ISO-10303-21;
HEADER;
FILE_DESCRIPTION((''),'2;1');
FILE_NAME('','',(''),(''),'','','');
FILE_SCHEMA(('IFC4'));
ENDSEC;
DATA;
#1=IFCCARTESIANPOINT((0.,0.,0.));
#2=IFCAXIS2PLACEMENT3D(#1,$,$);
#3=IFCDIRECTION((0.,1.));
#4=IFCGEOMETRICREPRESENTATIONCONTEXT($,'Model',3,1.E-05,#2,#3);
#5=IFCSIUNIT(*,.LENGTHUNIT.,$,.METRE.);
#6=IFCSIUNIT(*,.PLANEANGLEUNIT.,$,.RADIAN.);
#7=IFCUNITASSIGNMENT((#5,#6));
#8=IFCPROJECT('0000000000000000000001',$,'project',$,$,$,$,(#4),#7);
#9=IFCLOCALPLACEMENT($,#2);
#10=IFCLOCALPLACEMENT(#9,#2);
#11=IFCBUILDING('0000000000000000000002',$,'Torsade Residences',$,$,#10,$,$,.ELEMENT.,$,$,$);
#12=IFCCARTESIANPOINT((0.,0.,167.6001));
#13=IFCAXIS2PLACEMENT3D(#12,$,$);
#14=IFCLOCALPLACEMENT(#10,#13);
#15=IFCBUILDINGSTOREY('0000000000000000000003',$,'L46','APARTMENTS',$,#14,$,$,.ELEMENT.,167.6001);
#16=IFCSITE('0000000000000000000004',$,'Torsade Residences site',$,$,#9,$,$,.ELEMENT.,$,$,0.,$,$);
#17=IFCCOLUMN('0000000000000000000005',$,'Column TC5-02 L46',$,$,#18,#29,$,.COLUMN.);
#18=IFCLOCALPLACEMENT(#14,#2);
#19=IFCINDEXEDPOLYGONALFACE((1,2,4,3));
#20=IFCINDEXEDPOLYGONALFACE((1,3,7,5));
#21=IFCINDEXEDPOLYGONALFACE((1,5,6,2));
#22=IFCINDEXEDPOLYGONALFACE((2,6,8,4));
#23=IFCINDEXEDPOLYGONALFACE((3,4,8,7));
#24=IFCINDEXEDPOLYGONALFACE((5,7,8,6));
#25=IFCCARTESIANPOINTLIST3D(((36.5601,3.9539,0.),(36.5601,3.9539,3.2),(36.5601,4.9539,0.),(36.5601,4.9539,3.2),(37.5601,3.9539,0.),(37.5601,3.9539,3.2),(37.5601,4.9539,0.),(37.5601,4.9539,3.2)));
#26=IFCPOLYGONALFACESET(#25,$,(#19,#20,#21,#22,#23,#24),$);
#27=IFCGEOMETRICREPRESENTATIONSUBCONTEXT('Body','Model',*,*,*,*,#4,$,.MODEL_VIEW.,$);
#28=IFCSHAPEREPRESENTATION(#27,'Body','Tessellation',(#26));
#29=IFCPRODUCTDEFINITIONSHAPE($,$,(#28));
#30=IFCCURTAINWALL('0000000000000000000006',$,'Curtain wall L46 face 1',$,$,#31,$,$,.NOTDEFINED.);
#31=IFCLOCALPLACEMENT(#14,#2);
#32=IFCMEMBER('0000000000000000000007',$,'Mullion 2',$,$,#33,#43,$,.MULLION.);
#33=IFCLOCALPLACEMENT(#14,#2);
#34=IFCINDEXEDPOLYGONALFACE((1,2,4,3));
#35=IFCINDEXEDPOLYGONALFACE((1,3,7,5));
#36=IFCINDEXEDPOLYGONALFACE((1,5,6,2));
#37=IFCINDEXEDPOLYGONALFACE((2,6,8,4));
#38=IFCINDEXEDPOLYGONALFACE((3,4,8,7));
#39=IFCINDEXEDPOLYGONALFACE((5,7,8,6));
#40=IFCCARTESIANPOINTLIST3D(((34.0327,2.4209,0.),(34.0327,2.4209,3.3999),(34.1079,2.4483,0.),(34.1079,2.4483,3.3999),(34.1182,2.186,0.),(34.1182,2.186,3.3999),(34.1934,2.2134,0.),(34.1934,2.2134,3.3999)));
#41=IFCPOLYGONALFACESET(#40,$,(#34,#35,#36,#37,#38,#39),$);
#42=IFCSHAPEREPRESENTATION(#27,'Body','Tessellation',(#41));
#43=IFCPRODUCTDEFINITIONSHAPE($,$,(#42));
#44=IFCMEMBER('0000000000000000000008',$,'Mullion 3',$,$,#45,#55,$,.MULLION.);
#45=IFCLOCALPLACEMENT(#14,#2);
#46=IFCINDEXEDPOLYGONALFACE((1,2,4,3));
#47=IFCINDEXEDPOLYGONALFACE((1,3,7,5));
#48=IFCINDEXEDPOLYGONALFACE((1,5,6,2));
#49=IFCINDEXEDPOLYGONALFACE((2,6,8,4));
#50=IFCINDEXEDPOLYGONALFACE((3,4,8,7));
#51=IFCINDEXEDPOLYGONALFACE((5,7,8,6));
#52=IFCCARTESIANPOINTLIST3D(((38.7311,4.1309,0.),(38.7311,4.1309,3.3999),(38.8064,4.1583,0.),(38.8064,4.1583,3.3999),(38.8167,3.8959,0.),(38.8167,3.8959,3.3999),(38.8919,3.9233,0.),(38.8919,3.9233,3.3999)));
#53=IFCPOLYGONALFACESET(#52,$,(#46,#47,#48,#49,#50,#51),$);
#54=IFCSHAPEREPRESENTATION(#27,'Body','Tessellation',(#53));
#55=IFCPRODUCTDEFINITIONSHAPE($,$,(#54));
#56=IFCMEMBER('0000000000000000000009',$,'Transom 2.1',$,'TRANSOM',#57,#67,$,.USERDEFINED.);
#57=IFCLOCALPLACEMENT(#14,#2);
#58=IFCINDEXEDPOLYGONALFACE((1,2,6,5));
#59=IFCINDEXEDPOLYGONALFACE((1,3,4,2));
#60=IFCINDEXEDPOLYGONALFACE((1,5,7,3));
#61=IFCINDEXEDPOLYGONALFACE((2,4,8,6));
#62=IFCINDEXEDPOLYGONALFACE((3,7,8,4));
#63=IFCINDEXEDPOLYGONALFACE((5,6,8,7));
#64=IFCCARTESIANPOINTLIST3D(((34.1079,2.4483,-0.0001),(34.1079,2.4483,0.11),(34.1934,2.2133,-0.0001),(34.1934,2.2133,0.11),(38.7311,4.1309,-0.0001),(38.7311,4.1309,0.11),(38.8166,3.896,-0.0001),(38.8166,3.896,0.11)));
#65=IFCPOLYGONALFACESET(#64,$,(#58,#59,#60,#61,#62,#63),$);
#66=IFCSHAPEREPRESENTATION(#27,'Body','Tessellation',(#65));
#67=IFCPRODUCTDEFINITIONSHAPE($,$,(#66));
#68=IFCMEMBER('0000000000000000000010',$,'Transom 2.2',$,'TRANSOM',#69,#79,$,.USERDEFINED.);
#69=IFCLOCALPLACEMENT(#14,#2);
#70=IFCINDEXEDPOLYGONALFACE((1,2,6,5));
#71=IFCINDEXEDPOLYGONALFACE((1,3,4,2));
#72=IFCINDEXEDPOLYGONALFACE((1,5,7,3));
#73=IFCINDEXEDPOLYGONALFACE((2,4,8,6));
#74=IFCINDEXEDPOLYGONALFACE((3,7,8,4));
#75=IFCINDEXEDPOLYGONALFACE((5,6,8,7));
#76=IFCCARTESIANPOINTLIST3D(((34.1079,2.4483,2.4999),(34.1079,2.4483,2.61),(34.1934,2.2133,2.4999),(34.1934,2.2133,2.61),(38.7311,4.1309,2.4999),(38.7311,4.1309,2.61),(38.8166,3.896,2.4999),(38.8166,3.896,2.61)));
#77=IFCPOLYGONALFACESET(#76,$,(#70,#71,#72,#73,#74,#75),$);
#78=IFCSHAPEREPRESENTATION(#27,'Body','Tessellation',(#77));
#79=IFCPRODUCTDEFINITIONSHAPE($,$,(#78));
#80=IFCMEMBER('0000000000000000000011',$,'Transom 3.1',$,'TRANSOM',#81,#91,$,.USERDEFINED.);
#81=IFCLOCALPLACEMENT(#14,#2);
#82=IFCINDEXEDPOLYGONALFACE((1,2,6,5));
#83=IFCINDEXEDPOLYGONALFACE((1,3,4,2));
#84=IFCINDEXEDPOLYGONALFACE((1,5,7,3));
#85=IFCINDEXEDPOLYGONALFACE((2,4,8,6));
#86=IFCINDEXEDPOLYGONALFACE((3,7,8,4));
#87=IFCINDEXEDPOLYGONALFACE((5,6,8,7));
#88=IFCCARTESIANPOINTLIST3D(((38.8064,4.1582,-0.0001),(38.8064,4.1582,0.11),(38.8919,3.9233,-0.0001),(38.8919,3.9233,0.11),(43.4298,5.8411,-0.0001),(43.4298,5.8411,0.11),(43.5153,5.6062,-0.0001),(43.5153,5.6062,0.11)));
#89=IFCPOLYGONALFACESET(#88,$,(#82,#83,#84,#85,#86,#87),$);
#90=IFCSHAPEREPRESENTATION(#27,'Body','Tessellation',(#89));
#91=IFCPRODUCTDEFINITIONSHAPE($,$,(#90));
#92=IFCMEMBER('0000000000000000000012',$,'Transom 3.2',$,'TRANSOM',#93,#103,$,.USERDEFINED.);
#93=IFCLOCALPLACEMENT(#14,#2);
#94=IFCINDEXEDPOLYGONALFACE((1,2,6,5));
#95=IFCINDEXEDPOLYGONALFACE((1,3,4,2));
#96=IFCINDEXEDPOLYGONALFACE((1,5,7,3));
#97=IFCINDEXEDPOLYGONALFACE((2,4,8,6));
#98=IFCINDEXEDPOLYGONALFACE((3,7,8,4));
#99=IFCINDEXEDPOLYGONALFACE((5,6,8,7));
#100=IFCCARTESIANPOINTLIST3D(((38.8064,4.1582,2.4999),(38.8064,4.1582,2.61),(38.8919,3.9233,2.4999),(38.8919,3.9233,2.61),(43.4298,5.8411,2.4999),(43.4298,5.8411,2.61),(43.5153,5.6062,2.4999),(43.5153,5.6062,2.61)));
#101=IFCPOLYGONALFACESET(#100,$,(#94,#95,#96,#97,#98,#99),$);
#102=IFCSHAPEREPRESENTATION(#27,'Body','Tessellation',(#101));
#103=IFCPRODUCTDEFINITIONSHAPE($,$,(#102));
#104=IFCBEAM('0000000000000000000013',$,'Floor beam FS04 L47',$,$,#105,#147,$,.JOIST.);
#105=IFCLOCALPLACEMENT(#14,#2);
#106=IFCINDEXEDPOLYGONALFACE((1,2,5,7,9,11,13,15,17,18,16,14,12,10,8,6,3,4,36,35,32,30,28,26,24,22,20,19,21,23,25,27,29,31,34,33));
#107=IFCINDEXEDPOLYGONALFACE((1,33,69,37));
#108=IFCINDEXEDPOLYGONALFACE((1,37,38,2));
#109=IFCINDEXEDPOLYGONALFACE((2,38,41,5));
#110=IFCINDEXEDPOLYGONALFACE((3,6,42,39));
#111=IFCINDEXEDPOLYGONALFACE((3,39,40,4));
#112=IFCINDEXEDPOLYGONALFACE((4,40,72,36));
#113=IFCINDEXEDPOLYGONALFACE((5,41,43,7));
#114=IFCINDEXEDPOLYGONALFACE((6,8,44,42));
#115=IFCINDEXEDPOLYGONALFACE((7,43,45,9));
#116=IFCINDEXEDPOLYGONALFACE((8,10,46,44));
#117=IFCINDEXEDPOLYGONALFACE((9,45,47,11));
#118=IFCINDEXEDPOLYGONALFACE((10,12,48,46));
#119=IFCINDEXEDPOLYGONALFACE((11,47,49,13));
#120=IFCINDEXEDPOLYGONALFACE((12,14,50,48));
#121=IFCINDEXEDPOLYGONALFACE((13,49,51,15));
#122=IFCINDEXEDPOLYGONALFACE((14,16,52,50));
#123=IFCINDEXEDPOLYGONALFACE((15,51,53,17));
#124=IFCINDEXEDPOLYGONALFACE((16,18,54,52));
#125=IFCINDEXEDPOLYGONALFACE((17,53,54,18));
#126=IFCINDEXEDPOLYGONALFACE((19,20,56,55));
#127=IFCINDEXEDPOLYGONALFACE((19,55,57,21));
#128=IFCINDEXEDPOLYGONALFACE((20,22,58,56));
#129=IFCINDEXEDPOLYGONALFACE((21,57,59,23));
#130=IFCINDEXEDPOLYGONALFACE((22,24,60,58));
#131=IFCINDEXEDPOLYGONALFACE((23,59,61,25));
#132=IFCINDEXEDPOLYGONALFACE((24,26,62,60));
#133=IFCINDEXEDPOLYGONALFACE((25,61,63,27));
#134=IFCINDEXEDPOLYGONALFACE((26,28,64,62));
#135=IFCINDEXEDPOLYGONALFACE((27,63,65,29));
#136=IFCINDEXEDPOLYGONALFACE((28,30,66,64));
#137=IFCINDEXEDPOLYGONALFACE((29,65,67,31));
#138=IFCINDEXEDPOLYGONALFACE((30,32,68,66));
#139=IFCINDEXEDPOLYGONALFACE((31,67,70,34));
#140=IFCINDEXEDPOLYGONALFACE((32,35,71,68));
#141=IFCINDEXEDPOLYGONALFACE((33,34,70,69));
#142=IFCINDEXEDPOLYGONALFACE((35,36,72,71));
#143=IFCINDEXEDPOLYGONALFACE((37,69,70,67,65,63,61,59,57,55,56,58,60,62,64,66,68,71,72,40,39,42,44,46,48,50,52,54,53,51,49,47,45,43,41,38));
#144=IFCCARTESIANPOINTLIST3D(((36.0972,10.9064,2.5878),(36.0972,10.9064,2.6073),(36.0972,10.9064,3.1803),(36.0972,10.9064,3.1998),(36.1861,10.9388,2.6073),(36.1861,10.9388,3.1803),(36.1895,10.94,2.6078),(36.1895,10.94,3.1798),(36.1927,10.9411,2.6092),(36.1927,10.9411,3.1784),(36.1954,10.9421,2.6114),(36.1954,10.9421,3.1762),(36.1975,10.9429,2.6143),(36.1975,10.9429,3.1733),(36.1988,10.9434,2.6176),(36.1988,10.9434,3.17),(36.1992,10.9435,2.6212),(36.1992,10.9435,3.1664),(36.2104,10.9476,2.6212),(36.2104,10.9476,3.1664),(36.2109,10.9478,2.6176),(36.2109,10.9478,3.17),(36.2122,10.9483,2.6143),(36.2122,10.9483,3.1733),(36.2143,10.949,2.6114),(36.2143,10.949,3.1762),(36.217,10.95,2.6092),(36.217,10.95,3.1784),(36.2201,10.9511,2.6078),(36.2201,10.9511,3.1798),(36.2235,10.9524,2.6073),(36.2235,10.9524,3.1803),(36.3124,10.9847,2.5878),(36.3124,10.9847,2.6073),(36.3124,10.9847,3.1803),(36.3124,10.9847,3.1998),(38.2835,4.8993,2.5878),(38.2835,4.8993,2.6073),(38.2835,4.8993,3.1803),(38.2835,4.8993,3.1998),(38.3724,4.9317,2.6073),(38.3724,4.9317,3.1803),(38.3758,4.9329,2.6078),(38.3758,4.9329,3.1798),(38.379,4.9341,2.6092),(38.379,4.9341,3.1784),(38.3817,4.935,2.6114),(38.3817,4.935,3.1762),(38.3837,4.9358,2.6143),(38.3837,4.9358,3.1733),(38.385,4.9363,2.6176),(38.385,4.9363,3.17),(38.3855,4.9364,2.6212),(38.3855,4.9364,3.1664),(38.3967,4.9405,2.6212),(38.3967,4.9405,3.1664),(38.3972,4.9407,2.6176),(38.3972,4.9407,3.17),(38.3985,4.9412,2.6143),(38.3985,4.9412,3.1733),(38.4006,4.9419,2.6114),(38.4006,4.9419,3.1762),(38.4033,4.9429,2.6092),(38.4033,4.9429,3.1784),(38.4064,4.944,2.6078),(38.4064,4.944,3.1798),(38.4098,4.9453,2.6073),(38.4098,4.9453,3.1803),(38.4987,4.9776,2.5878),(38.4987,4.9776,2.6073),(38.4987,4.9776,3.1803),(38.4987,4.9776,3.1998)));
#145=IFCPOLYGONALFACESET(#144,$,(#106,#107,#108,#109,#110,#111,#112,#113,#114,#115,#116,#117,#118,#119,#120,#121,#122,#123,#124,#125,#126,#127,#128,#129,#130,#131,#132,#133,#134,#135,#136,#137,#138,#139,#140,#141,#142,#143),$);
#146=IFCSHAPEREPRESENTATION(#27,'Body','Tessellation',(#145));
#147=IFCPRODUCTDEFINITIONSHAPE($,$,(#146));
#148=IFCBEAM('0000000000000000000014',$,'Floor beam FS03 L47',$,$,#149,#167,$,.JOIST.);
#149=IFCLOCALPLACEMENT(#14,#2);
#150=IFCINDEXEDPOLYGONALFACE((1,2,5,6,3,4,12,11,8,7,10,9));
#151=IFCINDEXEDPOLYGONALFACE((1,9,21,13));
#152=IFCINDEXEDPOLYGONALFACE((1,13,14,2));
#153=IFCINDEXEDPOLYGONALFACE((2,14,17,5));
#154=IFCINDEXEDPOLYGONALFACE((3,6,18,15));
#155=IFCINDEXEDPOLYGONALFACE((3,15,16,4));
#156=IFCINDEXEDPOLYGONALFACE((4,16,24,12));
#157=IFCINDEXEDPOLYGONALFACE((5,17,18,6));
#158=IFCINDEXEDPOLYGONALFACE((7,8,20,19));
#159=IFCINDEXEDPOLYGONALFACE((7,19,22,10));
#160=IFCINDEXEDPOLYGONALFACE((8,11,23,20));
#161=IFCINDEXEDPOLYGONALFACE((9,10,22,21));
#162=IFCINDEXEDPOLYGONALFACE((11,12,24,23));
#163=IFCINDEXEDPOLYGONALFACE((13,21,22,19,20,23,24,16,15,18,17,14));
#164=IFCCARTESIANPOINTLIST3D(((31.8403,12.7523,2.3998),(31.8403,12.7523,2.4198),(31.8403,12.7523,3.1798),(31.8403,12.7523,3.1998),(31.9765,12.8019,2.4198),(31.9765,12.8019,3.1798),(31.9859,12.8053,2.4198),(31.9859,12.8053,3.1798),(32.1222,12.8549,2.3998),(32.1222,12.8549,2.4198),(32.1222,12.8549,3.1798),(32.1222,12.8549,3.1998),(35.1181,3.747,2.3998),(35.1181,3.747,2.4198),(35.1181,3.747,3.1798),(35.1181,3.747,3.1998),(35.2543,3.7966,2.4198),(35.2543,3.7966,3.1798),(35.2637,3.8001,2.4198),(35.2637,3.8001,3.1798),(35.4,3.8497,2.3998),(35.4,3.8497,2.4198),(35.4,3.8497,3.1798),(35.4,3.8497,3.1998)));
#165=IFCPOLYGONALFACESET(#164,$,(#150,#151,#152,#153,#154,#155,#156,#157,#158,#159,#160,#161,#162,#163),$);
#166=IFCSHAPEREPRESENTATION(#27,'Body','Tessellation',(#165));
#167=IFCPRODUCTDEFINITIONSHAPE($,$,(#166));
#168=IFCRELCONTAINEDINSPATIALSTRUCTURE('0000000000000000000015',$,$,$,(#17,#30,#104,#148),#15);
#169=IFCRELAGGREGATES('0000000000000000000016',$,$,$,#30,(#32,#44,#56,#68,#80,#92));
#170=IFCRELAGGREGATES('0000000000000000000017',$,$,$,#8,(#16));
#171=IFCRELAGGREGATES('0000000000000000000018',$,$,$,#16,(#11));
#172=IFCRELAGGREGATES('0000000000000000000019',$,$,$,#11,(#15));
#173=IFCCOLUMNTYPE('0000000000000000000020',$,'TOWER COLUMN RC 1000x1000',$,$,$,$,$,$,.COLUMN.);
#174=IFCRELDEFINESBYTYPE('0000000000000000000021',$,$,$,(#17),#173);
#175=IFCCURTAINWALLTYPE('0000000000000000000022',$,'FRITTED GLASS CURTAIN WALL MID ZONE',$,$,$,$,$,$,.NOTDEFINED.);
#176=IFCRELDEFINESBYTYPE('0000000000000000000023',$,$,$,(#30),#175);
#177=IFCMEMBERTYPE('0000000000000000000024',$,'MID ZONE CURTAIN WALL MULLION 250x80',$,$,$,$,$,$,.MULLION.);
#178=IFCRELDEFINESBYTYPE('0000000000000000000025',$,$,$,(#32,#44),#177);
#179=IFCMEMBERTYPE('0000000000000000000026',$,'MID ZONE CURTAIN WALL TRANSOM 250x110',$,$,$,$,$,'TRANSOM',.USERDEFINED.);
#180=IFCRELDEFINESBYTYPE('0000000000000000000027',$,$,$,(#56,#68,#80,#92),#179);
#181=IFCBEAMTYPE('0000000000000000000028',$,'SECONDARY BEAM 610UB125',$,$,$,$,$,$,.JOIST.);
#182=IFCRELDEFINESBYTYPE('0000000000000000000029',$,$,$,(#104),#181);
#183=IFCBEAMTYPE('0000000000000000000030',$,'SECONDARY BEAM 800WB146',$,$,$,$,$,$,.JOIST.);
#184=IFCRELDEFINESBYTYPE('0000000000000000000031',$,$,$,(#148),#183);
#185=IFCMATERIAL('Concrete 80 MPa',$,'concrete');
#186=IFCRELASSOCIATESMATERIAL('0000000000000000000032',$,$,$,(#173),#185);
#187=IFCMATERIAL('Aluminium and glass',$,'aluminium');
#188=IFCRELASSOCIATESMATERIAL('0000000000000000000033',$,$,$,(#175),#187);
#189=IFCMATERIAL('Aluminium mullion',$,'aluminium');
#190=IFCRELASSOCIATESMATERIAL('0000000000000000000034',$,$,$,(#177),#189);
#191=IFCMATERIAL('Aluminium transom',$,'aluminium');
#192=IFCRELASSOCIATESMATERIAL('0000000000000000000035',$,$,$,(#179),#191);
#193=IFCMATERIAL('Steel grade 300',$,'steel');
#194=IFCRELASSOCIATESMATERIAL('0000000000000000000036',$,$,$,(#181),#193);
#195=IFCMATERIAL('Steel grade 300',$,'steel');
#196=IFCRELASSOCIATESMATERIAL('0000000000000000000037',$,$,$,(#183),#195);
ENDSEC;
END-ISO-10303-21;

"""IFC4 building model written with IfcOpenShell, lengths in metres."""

from ifc_helpers import new_model, si_unit, direction, frame, origin, origin_2d, place, context, subcontext, project, spatial, rectangle, i_section, extrude, material, material_profile, profile_set, type_object, element, aggregate, save


model = new_model("IFC4")

# Units and contexts
model_context = context("Model", 3, precision=1e-05, world=origin(), true_north=direction((0.0, 1.0)))
body_context = subcontext(model_context, "Body", "Model", "MODEL_VIEW")
ifc_project = project(units=[si_unit("LENGTHUNIT", "METRE"), si_unit("PLANEANGLEUNIT", "RADIAN")], contexts=[model_context])

# Site, building, storey
site_placement = place(None, origin())
site = spatial("IfcSite", under=ifc_project, at=site_placement, Name="Torsade Residences site", CompositionType="ELEMENT", RefElevation=0.0)
building_placement = place(site_placement, origin())
building = spatial("IfcBuilding", under=site, at=building_placement, Name="Torsade Residences", CompositionType="ELEMENT")
storey_placement = place(building_placement, frame((0.0, 0.0, 167.6001)))
storey = spatial("IfcBuildingStorey", under=building, at=storey_placement, Name="L46", Description="APARTMENTS", CompositionType="ELEMENT", Elevation=167.6001)

# Column
ifc_material_1 = material(Name="Concrete 80 MPa", Category="concrete")
ifc_material_profile_1 = material_profile(ifc_material_1, rectangle(XDim=1.0, YDim=1.0, at=origin_2d()), Name="RC 1000x1000")
ifc_profile_set_1 = profile_set([ifc_material_profile_1], Name="Concrete 80 MPa")
column_type = type_object("IfcColumnType", Name="TOWER COLUMN RC 1000x1000", PredefinedType="COLUMN", material=ifc_profile_set_1)
column_placement = place(storey_placement, frame((37.0601, 4.4539, 0.0), z_axis=(0.0, 0.0, 1.0), x_axis=(1.0, 0.0, 0.0)))
element("IfcColumn", 1, at=column_placement, inside=storey, type_object=column_type, Name="Column TC5-02 L46", PredefinedType="COLUMN", context=body_context, shape_type="SweptSolid", body=[
    extrude(rectangle(XDim=1.0, YDim=1.0, at=origin_2d()), origin(), (0.0, 0.0, 1.0), 3.2),
])

# Curtain wall, members
ifc_material_2 = material(Name="Aluminium and glass", Category="aluminium")
curtain_wall_type = type_object("IfcCurtainWallType", Name="FRITTED GLASS CURTAIN WALL MID ZONE", PredefinedType="NOTDEFINED", material=ifc_material_2)
curtain_wall_placement = place(storey_placement, origin())
curtain_wall = element("IfcCurtainWall", 2, at=curtain_wall_placement, inside=storey, type_object=curtain_wall_type, Name="Curtain wall L46 face 1", PredefinedType="NOTDEFINED")
ifc_material_3 = material(Name="Aluminium mullion", Category="aluminium")
ifc_material_profile_2 = material_profile(ifc_material_3, rectangle(XDim=0.25, YDim=0.0801, at=origin_2d()), Name="MID ZONE CURTAIN WALL MULLION 250x80")
ifc_profile_set_2 = profile_set([ifc_material_profile_2], Name="Aluminium mullion")
member_type_1 = type_object("IfcMemberType", Name="MID ZONE CURTAIN WALL MULLION 250x80", PredefinedType="MULLION", material=ifc_profile_set_2)
member_1_placement = place(storey_placement, frame((34.113, 2.3171, 0.0), z_axis=(0.0, 0.0, 1.0), x_axis=(-0.34202, 0.939693, 0.0)))
member_1 = element("IfcMember", 3, at=member_1_placement, type_object=member_type_1, Name="Mullion 2", PredefinedType="MULLION", context=body_context, shape_type="SweptSolid", body=[
    extrude(rectangle(XDim=0.25, YDim=0.0801, at=origin_2d()), origin(), (0.0, 0.0, 1.0), 3.3999),
])
member_2_placement = place(storey_placement, frame((38.8115, 4.0271, 0.0), z_axis=(0.0, 0.0, 1.0), x_axis=(-0.34202, 0.939693, 0.0)))
member_2 = element("IfcMember", 4, at=member_2_placement, type_object=member_type_1, Name="Mullion 3", PredefinedType="MULLION", context=body_context, shape_type="SweptSolid", body=[
    extrude(rectangle(XDim=0.25, YDim=0.0801, at=origin_2d()), origin(), (0.0, 0.0, 1.0), 3.3999),
])
ifc_material_4 = material(Name="Aluminium transom", Category="aluminium")
ifc_material_profile_3 = material_profile(ifc_material_4, rectangle(XDim=0.25, YDim=0.1101, at=origin_2d()), Name="MID ZONE CURTAIN WALL TRANSOM 250x110")
ifc_profile_set_3 = profile_set([ifc_material_profile_3], Name="Aluminium transom")
member_type_2 = type_object("IfcMemberType", Name="MID ZONE CURTAIN WALL TRANSOM 250x110", ElementType="TRANSOM", PredefinedType="USERDEFINED", material=ifc_profile_set_3)
member_3_placement = place(storey_placement, frame((34.1506, 2.3308, 0.0549), z_axis=(0.939701, 0.341998, 0.0), x_axis=(-0.341998, 0.939701, 0.0)))
member_3 = element("IfcMember", 5, at=member_3_placement, type_object=member_type_2, Name="Transom 2.1", ObjectType="TRANSOM", PredefinedType="USERDEFINED", context=body_context, shape_type="SweptSolid", body=[
    extrude(rectangle(XDim=0.25, YDim=0.1101, at=origin_2d()), origin(), (0.0, 0.0, 1.0), 4.9199),
])
member_4_placement = place(storey_placement, frame((34.1506, 2.3308, 2.5549), z_axis=(0.939701, 0.341998, 0.0), x_axis=(-0.341998, 0.939701, 0.0)))
member_4 = element("IfcMember", 6, at=member_4_placement, type_object=member_type_2, Name="Transom 2.2", ObjectType="TRANSOM", PredefinedType="USERDEFINED", context=body_context, shape_type="SweptSolid", body=[
    extrude(rectangle(XDim=0.25, YDim=0.1101, at=origin_2d()), origin(), (0.0, 0.0, 1.0), 4.9199),
])
member_5_placement = place(storey_placement, frame((38.8491, 4.0408, 0.0549), z_axis=(0.939685, 0.342042, 0.0), x_axis=(-0.342042, 0.939685, 0.0)))
member_5 = element("IfcMember", 7, at=member_5_placement, type_object=member_type_2, Name="Transom 3.1", ObjectType="TRANSOM", PredefinedType="USERDEFINED", context=body_context, shape_type="SweptSolid", body=[
    extrude(rectangle(XDim=0.25, YDim=0.1101, at=origin_2d()), origin(), (0.0, 0.0, 1.0), 4.9202),
])
member_6_placement = place(storey_placement, frame((38.8491, 4.0408, 2.5549), z_axis=(0.939685, 0.342042, 0.0), x_axis=(-0.342042, 0.939685, 0.0)))
member_6 = element("IfcMember", 8, at=member_6_placement, type_object=member_type_2, Name="Transom 3.2", ObjectType="TRANSOM", PredefinedType="USERDEFINED", context=body_context, shape_type="SweptSolid", body=[
    extrude(rectangle(XDim=0.25, YDim=0.1101, at=origin_2d()), origin(), (0.0, 0.0, 1.0), 4.9202),
])

# Beams
ifc_material_5 = material(Name="Steel grade 300", Category="steel")
ifc_material_profile_4 = material_profile(ifc_material_5, i_section(OverallWidth=0.229, OverallDepth=0.6121, WebThickness=0.012, FlangeThickness=0.0195, FilletRadius=0.0139, at=origin_2d()), Name="610UB125")
ifc_profile_set_4 = profile_set([ifc_material_profile_4], Name="Steel grade 300")
beam_type_1 = type_object("IfcBeamType", Name="SECONDARY BEAM 610UB125", PredefinedType="JOIST", material=ifc_profile_set_4)
beam_1_placement = place(storey_placement, frame((38.3911, 4.9385, 2.8938), z_axis=(-0.342004, 0.939699, 0.0), x_axis=(-0.939699, -0.342004, 0.0)))
element("IfcBeam", 9, at=beam_1_placement, inside=storey, type_object=beam_type_1, Name="Floor beam FS04 L47", PredefinedType="JOIST", context=body_context, shape_type="SweptSolid", body=[
    extrude(i_section(OverallWidth=0.229, OverallDepth=0.6121, WebThickness=0.012, FlangeThickness=0.0195, FilletRadius=0.0139, at=origin_2d()), origin(), (0.0, 0.0, 1.0), 6.3926),
])
ifc_material_6 = material(Name="Steel grade 300", Category="steel")
ifc_material_profile_5 = material_profile(ifc_material_6, i_section(OverallWidth=0.3, OverallDepth=0.8, WebThickness=0.01, FlangeThickness=0.02, at=origin_2d()), Name="800WB146")
ifc_profile_set_5 = profile_set([ifc_material_profile_5], Name="Steel grade 300")
beam_type_2 = type_object("IfcBeamType", Name="SECONDARY BEAM 800WB146", PredefinedType="JOIST", material=ifc_profile_set_5)
beam_2_placement = place(storey_placement, frame((35.259, 3.7983, 2.7998), z_axis=(-0.342034, 0.939688, 0.0), x_axis=(-0.939688, -0.342034, 0.0)))
element("IfcBeam", 10, at=beam_2_placement, inside=storey, type_object=beam_type_2, Name="Floor beam FS03 L47", PredefinedType="JOIST", context=body_context, shape_type="SweptSolid", body=[
    extrude(i_section(OverallWidth=0.3, OverallDepth=0.8, WebThickness=0.01, FlangeThickness=0.02, at=origin_2d()), origin(), (0.0, 0.0, 1.0), 9.5833),
])

aggregate(curtain_wall, [member_1, member_2, member_3, member_4, member_5, member_6])

save(model, "model.ifc")
